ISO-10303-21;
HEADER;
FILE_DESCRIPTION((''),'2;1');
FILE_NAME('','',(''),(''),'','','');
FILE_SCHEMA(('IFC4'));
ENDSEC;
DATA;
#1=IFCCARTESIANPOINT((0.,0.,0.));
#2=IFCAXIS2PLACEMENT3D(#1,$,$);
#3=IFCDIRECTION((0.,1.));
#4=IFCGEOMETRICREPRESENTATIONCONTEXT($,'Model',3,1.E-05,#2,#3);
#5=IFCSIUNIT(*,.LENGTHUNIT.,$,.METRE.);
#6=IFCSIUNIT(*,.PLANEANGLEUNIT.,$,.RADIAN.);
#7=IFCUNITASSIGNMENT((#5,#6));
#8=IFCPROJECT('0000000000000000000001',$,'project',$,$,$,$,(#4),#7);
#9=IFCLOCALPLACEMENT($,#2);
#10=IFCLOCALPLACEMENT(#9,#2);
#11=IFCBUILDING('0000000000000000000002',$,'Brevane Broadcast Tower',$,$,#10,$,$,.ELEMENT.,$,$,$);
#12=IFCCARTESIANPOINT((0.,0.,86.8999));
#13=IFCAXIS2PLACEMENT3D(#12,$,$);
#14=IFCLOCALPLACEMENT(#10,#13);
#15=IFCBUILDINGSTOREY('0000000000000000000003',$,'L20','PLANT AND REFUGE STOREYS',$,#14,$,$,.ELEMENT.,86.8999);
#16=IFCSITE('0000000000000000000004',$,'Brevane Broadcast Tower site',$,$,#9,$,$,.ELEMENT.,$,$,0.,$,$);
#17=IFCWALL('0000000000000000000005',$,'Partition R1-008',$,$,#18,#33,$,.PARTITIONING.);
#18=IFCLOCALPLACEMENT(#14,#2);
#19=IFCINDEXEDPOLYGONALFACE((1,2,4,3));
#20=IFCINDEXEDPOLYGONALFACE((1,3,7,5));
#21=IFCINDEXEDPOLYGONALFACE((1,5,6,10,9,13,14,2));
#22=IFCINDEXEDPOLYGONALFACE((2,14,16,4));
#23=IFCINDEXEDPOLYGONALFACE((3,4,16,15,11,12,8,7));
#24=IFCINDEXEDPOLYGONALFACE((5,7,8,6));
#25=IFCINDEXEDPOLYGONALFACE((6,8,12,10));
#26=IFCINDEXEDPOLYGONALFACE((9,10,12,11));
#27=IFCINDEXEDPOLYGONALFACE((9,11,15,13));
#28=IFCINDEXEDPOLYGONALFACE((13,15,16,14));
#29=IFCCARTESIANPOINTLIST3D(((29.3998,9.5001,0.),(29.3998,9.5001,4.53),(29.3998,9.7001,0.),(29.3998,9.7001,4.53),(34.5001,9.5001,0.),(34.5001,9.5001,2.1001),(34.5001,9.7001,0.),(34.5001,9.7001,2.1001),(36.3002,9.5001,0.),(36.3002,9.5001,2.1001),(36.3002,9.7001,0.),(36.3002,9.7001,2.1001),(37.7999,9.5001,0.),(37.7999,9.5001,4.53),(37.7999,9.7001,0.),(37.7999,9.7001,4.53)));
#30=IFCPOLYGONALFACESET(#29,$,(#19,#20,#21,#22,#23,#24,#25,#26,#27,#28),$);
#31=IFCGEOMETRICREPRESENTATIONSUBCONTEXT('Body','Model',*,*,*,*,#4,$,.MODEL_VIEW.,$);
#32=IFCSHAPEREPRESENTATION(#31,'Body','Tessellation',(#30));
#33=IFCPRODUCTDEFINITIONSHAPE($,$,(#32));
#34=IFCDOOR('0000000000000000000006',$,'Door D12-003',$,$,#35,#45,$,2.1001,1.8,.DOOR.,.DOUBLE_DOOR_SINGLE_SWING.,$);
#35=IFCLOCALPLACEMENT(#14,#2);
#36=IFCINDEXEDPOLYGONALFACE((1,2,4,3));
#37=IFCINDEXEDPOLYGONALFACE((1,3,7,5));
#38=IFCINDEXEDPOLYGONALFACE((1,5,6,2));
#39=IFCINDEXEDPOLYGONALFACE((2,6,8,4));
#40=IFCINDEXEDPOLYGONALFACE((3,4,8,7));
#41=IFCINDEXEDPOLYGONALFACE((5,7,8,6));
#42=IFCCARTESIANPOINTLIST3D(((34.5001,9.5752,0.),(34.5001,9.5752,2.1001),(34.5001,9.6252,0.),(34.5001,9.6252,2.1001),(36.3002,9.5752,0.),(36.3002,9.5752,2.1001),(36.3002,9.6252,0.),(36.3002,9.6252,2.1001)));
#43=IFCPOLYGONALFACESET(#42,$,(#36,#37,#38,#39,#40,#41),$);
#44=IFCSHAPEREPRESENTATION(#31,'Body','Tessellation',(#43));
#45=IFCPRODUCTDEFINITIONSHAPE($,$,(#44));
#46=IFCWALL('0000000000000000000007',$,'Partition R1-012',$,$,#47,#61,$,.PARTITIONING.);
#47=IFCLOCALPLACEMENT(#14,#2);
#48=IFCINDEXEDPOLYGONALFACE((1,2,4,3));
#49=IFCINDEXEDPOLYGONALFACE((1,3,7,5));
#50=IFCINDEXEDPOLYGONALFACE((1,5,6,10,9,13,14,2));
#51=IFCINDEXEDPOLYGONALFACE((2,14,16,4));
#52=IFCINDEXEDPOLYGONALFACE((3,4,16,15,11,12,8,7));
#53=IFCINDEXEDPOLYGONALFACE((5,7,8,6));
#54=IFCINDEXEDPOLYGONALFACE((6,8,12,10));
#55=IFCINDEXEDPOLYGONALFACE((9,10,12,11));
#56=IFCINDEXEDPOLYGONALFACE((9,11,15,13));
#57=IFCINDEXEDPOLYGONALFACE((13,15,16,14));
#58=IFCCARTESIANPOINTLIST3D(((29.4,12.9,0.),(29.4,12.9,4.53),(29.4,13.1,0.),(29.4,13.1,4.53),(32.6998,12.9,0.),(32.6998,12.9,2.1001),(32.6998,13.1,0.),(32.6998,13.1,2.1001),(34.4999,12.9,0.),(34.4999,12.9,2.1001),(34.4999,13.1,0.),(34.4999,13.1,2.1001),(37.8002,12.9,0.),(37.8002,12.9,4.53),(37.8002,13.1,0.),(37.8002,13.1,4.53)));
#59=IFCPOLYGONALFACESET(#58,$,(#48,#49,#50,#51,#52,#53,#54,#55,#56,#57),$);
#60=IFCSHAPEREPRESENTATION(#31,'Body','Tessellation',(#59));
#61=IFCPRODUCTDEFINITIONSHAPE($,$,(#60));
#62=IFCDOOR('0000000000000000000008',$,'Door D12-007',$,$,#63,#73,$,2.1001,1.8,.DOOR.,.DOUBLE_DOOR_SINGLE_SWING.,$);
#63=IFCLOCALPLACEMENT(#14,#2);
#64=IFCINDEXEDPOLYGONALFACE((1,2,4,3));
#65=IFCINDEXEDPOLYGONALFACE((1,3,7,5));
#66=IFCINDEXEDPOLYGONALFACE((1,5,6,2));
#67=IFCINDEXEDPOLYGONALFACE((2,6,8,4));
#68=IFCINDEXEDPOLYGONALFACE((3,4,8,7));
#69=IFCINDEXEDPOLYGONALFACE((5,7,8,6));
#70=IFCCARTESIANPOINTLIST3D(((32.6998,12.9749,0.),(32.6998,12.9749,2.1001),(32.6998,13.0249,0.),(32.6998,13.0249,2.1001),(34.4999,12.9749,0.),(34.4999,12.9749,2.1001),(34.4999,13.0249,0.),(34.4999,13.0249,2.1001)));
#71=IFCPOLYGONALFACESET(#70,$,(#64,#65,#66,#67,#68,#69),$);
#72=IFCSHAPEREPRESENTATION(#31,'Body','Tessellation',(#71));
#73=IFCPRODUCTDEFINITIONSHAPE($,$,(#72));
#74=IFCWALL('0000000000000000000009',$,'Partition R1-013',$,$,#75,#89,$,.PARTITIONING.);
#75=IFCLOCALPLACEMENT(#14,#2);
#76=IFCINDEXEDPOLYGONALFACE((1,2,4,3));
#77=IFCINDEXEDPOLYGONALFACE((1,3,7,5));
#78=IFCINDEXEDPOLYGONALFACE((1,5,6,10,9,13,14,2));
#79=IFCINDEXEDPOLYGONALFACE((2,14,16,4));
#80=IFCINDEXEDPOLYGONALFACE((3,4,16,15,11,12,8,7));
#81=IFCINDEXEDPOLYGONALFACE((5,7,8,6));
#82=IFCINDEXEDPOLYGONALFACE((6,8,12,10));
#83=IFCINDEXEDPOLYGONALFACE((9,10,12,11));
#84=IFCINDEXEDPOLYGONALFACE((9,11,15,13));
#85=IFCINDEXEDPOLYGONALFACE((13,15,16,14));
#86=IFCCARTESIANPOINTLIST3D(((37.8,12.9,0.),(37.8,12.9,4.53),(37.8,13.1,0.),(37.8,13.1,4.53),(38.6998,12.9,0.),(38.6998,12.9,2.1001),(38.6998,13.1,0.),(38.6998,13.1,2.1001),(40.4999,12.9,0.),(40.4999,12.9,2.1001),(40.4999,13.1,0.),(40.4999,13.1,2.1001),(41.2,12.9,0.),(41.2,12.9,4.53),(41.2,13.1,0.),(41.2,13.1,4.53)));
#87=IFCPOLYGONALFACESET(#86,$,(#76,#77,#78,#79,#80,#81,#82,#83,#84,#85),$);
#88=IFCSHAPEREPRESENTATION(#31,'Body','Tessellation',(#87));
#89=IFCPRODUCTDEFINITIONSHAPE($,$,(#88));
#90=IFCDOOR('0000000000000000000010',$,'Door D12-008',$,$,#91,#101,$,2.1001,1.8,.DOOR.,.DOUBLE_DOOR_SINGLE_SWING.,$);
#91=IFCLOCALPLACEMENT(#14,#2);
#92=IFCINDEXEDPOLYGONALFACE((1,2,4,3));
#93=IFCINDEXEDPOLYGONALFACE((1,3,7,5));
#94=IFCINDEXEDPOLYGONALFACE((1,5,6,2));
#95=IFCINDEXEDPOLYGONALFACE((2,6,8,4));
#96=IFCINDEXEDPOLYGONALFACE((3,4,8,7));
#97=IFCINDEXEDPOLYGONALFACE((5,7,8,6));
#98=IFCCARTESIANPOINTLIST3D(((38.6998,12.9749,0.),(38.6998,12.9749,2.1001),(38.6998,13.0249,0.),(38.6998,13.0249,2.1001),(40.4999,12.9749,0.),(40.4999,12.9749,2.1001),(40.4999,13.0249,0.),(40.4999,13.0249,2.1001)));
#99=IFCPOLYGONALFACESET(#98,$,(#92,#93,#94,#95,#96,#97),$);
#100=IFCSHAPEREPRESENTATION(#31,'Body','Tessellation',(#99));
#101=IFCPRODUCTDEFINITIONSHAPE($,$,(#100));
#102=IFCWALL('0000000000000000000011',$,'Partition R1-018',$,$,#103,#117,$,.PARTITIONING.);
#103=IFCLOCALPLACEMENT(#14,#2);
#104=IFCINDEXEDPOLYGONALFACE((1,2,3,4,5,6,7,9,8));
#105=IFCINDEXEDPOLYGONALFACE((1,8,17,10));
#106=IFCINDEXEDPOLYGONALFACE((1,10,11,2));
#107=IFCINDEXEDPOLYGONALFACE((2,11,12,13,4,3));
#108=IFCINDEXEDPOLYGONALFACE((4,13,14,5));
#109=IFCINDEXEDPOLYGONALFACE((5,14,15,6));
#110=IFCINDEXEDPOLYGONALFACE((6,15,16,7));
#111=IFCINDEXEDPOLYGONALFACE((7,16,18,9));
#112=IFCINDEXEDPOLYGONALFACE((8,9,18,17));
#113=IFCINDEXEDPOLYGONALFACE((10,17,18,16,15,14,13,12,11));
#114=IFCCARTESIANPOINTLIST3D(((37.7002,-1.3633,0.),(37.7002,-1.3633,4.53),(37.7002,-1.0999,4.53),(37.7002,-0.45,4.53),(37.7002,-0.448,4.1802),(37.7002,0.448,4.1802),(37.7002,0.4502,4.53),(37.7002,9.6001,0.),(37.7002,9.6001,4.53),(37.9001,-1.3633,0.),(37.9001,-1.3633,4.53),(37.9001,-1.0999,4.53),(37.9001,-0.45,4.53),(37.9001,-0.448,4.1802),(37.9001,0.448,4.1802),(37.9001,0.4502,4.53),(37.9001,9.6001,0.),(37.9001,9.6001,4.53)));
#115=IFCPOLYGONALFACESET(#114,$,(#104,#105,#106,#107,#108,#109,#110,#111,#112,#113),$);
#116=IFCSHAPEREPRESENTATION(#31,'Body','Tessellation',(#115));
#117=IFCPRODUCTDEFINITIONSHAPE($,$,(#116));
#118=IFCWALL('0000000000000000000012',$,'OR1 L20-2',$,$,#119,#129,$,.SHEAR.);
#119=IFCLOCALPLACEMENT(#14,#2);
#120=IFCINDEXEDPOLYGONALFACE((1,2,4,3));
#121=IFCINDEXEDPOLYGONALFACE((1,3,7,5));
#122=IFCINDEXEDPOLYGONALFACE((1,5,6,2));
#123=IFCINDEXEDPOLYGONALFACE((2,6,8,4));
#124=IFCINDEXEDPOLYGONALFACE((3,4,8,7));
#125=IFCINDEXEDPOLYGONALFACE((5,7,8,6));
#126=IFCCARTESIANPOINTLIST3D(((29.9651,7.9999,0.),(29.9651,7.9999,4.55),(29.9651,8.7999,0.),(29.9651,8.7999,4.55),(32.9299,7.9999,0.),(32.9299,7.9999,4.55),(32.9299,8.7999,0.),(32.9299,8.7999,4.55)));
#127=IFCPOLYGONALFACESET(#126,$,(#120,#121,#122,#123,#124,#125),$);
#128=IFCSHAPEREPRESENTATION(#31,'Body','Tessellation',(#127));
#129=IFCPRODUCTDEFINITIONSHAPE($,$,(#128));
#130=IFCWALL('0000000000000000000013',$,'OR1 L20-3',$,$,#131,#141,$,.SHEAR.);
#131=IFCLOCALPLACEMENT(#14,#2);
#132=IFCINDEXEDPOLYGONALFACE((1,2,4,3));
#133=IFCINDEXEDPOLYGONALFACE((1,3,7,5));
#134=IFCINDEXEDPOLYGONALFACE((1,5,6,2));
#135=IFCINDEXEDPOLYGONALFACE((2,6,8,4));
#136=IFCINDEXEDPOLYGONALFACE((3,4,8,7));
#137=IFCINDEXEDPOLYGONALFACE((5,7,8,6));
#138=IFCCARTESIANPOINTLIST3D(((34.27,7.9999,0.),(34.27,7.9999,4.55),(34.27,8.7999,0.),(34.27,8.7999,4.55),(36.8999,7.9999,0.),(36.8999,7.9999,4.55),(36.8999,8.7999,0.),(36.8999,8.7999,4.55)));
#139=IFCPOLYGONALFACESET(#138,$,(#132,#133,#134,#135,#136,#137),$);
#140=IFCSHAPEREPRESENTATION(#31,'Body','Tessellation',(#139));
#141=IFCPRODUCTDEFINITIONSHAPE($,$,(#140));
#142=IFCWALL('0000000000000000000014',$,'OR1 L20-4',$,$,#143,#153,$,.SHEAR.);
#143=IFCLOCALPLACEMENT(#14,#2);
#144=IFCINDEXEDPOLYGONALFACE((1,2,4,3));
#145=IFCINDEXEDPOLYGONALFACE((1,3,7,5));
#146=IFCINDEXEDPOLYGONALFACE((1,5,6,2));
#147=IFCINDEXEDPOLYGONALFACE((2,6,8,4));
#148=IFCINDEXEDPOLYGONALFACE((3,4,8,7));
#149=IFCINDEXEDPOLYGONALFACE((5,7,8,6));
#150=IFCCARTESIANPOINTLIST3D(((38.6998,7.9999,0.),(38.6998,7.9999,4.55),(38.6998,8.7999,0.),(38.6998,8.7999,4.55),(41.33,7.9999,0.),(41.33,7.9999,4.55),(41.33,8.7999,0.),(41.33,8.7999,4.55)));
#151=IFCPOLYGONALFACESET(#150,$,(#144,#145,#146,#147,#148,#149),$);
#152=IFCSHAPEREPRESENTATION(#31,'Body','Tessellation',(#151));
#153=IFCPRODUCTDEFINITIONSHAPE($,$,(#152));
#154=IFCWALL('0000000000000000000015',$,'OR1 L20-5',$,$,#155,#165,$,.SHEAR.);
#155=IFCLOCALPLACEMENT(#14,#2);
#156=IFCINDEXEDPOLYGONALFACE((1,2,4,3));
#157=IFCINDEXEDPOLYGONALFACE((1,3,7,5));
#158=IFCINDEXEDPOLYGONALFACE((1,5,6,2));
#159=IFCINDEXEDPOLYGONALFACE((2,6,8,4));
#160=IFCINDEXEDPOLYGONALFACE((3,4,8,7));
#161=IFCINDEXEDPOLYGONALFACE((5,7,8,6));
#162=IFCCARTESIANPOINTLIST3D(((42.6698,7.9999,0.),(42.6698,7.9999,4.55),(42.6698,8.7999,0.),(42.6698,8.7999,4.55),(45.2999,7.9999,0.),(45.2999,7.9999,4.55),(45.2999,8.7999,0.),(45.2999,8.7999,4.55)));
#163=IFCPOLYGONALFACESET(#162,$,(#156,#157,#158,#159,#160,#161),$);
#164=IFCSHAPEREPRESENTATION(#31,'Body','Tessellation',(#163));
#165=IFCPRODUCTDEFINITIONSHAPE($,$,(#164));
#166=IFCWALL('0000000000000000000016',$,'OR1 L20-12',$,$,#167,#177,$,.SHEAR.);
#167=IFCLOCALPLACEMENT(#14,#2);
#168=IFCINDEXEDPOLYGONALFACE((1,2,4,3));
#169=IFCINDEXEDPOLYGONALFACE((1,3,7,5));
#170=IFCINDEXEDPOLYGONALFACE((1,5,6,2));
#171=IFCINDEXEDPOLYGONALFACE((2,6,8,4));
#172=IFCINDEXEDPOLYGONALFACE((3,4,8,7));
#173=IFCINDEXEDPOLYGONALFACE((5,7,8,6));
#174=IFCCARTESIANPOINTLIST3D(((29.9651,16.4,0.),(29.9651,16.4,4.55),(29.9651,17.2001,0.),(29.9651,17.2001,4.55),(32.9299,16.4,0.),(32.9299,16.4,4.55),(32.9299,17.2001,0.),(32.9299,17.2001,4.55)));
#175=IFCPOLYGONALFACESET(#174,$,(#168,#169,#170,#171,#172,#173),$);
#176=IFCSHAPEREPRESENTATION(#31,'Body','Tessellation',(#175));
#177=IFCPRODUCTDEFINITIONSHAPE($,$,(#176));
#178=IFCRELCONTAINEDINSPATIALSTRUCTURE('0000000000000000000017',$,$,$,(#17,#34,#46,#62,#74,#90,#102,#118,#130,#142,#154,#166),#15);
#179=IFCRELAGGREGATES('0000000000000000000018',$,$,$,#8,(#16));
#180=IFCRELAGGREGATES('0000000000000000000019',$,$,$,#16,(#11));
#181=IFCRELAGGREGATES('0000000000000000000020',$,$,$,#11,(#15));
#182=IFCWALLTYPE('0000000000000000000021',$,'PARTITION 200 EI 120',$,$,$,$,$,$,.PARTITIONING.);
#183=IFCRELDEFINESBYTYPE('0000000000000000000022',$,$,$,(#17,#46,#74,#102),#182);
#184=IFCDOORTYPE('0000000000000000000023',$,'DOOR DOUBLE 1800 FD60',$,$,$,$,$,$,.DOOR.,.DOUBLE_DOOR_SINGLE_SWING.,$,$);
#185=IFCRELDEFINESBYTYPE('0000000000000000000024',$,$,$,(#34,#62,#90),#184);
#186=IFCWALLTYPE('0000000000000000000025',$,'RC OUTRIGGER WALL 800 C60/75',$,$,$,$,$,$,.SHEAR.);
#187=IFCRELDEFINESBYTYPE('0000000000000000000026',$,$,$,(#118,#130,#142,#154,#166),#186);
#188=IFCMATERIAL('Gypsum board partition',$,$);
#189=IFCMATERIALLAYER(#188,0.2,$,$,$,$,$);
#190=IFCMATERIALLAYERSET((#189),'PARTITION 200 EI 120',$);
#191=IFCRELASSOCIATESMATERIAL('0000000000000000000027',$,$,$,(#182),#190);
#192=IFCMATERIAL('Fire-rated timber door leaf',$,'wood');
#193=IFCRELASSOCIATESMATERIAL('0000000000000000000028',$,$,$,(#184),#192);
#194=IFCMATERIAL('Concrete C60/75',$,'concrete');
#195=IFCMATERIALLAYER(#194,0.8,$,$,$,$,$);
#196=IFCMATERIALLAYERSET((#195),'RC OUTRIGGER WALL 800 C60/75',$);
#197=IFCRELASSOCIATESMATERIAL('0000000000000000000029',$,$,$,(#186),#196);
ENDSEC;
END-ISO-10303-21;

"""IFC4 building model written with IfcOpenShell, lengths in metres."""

from ifc_helpers import new_model, si_unit, direction, frame, frame_2d, origin, place, context, subcontext, project, spatial, polyline, rectangle, outline, extrude, material, layer, layer_set, type_object, element, fill, save


model = new_model("IFC4")

# Units and contexts
model_context = context("Model", 3, precision=1e-05, world=origin(), true_north=direction((0.0, 1.0)))
body_context = subcontext(model_context, "Body", "Model", "MODEL_VIEW")
ifc_project = project(units=[si_unit("LENGTHUNIT", "METRE"), si_unit("PLANEANGLEUNIT", "RADIAN")], contexts=[model_context])

# Site, building, storey
site_placement = place(None, origin())
site = spatial("IfcSite", under=ifc_project, at=site_placement, Name="Brevane Broadcast Tower site", CompositionType="ELEMENT", RefElevation=0.0)
building_placement = place(site_placement, origin())
building = spatial("IfcBuilding", under=site, at=building_placement, Name="Brevane Broadcast Tower", CompositionType="ELEMENT")
storey_placement = place(building_placement, frame((0.0, 0.0, 86.8999)))
storey = spatial("IfcBuildingStorey", under=building, at=storey_placement, Name="L20", Description="PLANT AND REFUGE STOREYS", CompositionType="ELEMENT", Elevation=86.8999)

# Walls, openings, doors
ifc_material_1 = material(Name="Gypsum board partition")
ifc_layer_1 = layer(ifc_material_1, 0.2)
ifc_layer_set_1 = layer_set([ifc_layer_1], Name="PARTITION 200 EI 120")
wall_type_1 = type_object("IfcWallType", Name="PARTITION 200 EI 120", PredefinedType="PARTITIONING", material=ifc_layer_set_1)
wall_1_placement = place(storey_placement, frame((37.8, 9.6001, 0.0), z_axis=(0.0, 0.0, 1.0), x_axis=(-1.0, 0.0, 0.0)))
wall_1 = element("IfcWall", 1, at=wall_1_placement, inside=storey, type_object=wall_type_1, Name="Partition R1-008", PredefinedType="PARTITIONING", context=body_context, shape_type="SweptSolid", body=[
    extrude(rectangle(XDim=8.4001, YDim=0.2, at=frame_2d((4.2002, 0.0))), origin(), (0.0, 0.0, 1.0), 4.53),
])
opening_1_placement = place(wall_1_placement, frame((1.5, 0.0, 0.0)))
opening_1 = element("IfcOpeningElement", 2, at=opening_1_placement, cuts=wall_1, PredefinedType="OPENING", context=body_context, shape_type="SweptSolid", body=[
    extrude(rectangle(XDim=1.8, YDim=2.1001, at=frame_2d((0.8999, 1.05))), frame((0.0, 0.1099, 0.0), z_axis=(0.0, -1.0, 0.0), x_axis=(1.0, 0.0, 0.0)), (0.0, 0.0, 1.0), 0.22),
])
ifc_material_2 = material(Name="Fire-rated timber door leaf", Category="wood")
door_type = type_object("IfcDoorType", Name="DOOR DOUBLE 1800 FD60", OperationType="DOUBLE_DOOR_SINGLE_SWING", PredefinedType="DOOR", material=ifc_material_2)
door_1_placement = place(opening_1_placement, origin())
door_1 = element("IfcDoor", 3, at=door_1_placement, inside=storey, type_object=door_type, Name="Door D12-003", OperationType="DOUBLE_DOOR_SINGLE_SWING", OverallHeight=2.1001, OverallWidth=1.8, PredefinedType="DOOR", context=body_context, shape_type="SweptSolid", body=[
    extrude(rectangle(XDim=1.8, YDim=2.1001, at=frame_2d((0.8999, 1.05))), frame((0.0, 0.0249, 0.0), z_axis=(0.0, -1.0, 0.0), x_axis=(1.0, 0.0, 0.0)), (0.0, 0.0, 1.0), 0.05),
])
fill(opening_1, door_1)
wall_2_placement = place(storey_placement, frame((29.3999, 13.0, 0.0), z_axis=(0.0, 0.0, 1.0), x_axis=(1.0, 0.0, 0.0)))
wall_2 = element("IfcWall", 4, at=wall_2_placement, inside=storey, type_object=wall_type_1, Name="Partition R1-012", PredefinedType="PARTITIONING", context=body_context, shape_type="SweptSolid", body=[
    extrude(rectangle(XDim=8.4001, YDim=0.2, at=frame_2d((4.2002, 0.0))), origin(), (0.0, 0.0, 1.0), 4.53),
])
opening_2_placement = place(wall_2_placement, frame((3.3, 0.0, 0.0)))
opening_2 = element("IfcOpeningElement", 5, at=opening_2_placement, cuts=wall_2, PredefinedType="OPENING", context=body_context, shape_type="SweptSolid", body=[
    extrude(rectangle(XDim=1.8, YDim=2.1001, at=frame_2d((0.8999, 1.05))), frame((0.0, 0.1099, 0.0), z_axis=(0.0, -1.0, 0.0), x_axis=(1.0, 0.0, 0.0)), (0.0, 0.0, 1.0), 0.22),
])
door_2_placement = place(opening_2_placement, origin())
door_2 = element("IfcDoor", 6, at=door_2_placement, inside=storey, type_object=door_type, Name="Door D12-007", OperationType="DOUBLE_DOOR_SINGLE_SWING", OverallHeight=2.1001, OverallWidth=1.8, PredefinedType="DOOR", context=body_context, shape_type="SweptSolid", body=[
    extrude(rectangle(XDim=1.8, YDim=2.1001, at=frame_2d((0.8999, 1.05))), frame((0.0, 0.0249, 0.0), z_axis=(0.0, -1.0, 0.0), x_axis=(1.0, 0.0, 0.0)), (0.0, 0.0, 1.0), 0.05),
])
fill(opening_2, door_2)
wall_3_placement = place(storey_placement, frame((37.8, 13.0, 0.0), z_axis=(0.0, 0.0, 1.0), x_axis=(1.0, 0.0, 0.0)))
wall_3 = element("IfcWall", 7, at=wall_3_placement, inside=storey, type_object=wall_type_1, Name="Partition R1-013", PredefinedType="PARTITIONING", context=body_context, shape_type="SweptSolid", body=[
    extrude(rectangle(XDim=3.3999, YDim=0.2, at=frame_2d((1.7, 0.0))), origin(), (0.0, 0.0, 1.0), 4.53),
])
opening_3_placement = place(wall_3_placement, frame((0.8999, 0.0, 0.0)))
opening_3 = element("IfcOpeningElement", 8, at=opening_3_placement, cuts=wall_3, PredefinedType="OPENING", context=body_context, shape_type="SweptSolid", body=[
    extrude(rectangle(XDim=1.8, YDim=2.1001, at=frame_2d((0.8999, 1.05))), frame((0.0, 0.1099, 0.0), z_axis=(0.0, -1.0, 0.0), x_axis=(1.0, 0.0, 0.0)), (0.0, 0.0, 1.0), 0.22),
])
door_3_placement = place(opening_3_placement, origin())
door_3 = element("IfcDoor", 9, at=door_3_placement, inside=storey, type_object=door_type, Name="Door D12-008", OperationType="DOUBLE_DOOR_SINGLE_SWING", OverallHeight=2.1001, OverallWidth=1.8, PredefinedType="DOOR", context=body_context, shape_type="SweptSolid", body=[
    extrude(rectangle(XDim=1.8, YDim=2.1001, at=frame_2d((0.8999, 1.05))), frame((0.0, 0.0249, 0.0), z_axis=(0.0, -1.0, 0.0), x_axis=(1.0, 0.0, 0.0)), (0.0, 0.0, 1.0), 0.05),
])
fill(opening_3, door_3)

# Walls
wall_4_placement = place(storey_placement, frame((37.8, 9.6001, 0.0), z_axis=(0.0, 0.0, 1.0), x_axis=(0.0, -1.0, 0.0)))
element("IfcWall", 10, at=wall_4_placement, inside=storey, type_object=wall_type_1, Name="Partition R1-018", PredefinedType="PARTITIONING", context=body_context, shape_type="SweptSolid", body=[
    extrude(outline(polyline([(0.0, 0.0), (10.9634, 0.0), (10.9634, 4.53), (10.7, 4.53), (10.05, 4.53), (10.0481, 4.1802), (9.1521, 4.1802), (9.1499, 4.53), (0.0, 4.53), (0.0, 0.0)])), frame((0.0, 0.1001, 0.0), z_axis=(0.0, -1.0, 0.0), x_axis=(1.0, 0.0, 0.0)), (0.0, 0.0, 1.0), 0.2),
])
ifc_material_3 = material(Name="Concrete C60/75", Category="concrete")
ifc_layer_2 = layer(ifc_material_3, 0.8)
ifc_layer_set_2 = layer_set([ifc_layer_2], Name="RC OUTRIGGER WALL 800 C60/75")
wall_type_2 = type_object("IfcWallType", Name="RC OUTRIGGER WALL 800 C60/75", PredefinedType="SHEAR", material=ifc_layer_set_2)
wall_5_placement = place(storey_placement, frame((29.9651, 8.3999, 0.0), z_axis=(0.0, 0.0, 1.0), x_axis=(1.0, 0.0, 0.0)))
element("IfcWall", 11, at=wall_5_placement, inside=storey, type_object=wall_type_2, Name="OR1 L20-2", PredefinedType="SHEAR", context=body_context, shape_type="SweptSolid", body=[
    extrude(rectangle(XDim=2.9648, YDim=0.8, at=frame_2d((1.4824, 0.0))), origin(), (0.0, 0.0, 1.0), 4.55),
])
wall_6_placement = place(storey_placement, frame((34.27, 8.3999, 0.0), z_axis=(0.0, 0.0, 1.0), x_axis=(1.0, 0.0, 0.0)))
element("IfcWall", 12, at=wall_6_placement, inside=storey, type_object=wall_type_2, Name="OR1 L20-3", PredefinedType="SHEAR", context=body_context, shape_type="SweptSolid", body=[
    extrude(rectangle(XDim=2.6299, YDim=0.8, at=frame_2d((1.3149, 0.0))), origin(), (0.0, 0.0, 1.0), 4.55),
])
for number, where, z_axis, x_axis, name in (
    (13, (38.7, 8.3999, 0.0), (0.0, 0.0, 1.0), (1.0, 0.0, 0.0), "OR1 L20-4"),
    (14, (42.6699, 8.3999, 0.0), (0.0, 0.0, 1.0), (1.0, 0.0, 0.0), "OR1 L20-5"),
):
    element("IfcWall", number, at=place(storey_placement, frame(where, z_axis=z_axis, x_axis=x_axis)), inside=storey, type_object=wall_type_2, Name=name, PredefinedType="SHEAR", context=body_context, shape_type="SweptSolid", body=[
        extrude(rectangle(XDim=2.6301, YDim=0.8, at=frame_2d((1.3149, 0.0))), origin(), (0.0, 0.0, 1.0), 4.55),
    ])
wall_7_placement = place(storey_placement, frame((29.9651, 16.8, 0.0), z_axis=(0.0, 0.0, 1.0), x_axis=(1.0, 0.0, 0.0)))
element("IfcWall", 15, at=wall_7_placement, inside=storey, type_object=wall_type_2, Name="OR1 L20-12", PredefinedType="SHEAR", context=body_context, shape_type="SweptSolid", body=[
    extrude(rectangle(XDim=2.9648, YDim=0.8, at=frame_2d((1.4824, 0.0))), origin(), (0.0, 0.0, 1.0), 4.55),
])

save(model, "model.ifc")
